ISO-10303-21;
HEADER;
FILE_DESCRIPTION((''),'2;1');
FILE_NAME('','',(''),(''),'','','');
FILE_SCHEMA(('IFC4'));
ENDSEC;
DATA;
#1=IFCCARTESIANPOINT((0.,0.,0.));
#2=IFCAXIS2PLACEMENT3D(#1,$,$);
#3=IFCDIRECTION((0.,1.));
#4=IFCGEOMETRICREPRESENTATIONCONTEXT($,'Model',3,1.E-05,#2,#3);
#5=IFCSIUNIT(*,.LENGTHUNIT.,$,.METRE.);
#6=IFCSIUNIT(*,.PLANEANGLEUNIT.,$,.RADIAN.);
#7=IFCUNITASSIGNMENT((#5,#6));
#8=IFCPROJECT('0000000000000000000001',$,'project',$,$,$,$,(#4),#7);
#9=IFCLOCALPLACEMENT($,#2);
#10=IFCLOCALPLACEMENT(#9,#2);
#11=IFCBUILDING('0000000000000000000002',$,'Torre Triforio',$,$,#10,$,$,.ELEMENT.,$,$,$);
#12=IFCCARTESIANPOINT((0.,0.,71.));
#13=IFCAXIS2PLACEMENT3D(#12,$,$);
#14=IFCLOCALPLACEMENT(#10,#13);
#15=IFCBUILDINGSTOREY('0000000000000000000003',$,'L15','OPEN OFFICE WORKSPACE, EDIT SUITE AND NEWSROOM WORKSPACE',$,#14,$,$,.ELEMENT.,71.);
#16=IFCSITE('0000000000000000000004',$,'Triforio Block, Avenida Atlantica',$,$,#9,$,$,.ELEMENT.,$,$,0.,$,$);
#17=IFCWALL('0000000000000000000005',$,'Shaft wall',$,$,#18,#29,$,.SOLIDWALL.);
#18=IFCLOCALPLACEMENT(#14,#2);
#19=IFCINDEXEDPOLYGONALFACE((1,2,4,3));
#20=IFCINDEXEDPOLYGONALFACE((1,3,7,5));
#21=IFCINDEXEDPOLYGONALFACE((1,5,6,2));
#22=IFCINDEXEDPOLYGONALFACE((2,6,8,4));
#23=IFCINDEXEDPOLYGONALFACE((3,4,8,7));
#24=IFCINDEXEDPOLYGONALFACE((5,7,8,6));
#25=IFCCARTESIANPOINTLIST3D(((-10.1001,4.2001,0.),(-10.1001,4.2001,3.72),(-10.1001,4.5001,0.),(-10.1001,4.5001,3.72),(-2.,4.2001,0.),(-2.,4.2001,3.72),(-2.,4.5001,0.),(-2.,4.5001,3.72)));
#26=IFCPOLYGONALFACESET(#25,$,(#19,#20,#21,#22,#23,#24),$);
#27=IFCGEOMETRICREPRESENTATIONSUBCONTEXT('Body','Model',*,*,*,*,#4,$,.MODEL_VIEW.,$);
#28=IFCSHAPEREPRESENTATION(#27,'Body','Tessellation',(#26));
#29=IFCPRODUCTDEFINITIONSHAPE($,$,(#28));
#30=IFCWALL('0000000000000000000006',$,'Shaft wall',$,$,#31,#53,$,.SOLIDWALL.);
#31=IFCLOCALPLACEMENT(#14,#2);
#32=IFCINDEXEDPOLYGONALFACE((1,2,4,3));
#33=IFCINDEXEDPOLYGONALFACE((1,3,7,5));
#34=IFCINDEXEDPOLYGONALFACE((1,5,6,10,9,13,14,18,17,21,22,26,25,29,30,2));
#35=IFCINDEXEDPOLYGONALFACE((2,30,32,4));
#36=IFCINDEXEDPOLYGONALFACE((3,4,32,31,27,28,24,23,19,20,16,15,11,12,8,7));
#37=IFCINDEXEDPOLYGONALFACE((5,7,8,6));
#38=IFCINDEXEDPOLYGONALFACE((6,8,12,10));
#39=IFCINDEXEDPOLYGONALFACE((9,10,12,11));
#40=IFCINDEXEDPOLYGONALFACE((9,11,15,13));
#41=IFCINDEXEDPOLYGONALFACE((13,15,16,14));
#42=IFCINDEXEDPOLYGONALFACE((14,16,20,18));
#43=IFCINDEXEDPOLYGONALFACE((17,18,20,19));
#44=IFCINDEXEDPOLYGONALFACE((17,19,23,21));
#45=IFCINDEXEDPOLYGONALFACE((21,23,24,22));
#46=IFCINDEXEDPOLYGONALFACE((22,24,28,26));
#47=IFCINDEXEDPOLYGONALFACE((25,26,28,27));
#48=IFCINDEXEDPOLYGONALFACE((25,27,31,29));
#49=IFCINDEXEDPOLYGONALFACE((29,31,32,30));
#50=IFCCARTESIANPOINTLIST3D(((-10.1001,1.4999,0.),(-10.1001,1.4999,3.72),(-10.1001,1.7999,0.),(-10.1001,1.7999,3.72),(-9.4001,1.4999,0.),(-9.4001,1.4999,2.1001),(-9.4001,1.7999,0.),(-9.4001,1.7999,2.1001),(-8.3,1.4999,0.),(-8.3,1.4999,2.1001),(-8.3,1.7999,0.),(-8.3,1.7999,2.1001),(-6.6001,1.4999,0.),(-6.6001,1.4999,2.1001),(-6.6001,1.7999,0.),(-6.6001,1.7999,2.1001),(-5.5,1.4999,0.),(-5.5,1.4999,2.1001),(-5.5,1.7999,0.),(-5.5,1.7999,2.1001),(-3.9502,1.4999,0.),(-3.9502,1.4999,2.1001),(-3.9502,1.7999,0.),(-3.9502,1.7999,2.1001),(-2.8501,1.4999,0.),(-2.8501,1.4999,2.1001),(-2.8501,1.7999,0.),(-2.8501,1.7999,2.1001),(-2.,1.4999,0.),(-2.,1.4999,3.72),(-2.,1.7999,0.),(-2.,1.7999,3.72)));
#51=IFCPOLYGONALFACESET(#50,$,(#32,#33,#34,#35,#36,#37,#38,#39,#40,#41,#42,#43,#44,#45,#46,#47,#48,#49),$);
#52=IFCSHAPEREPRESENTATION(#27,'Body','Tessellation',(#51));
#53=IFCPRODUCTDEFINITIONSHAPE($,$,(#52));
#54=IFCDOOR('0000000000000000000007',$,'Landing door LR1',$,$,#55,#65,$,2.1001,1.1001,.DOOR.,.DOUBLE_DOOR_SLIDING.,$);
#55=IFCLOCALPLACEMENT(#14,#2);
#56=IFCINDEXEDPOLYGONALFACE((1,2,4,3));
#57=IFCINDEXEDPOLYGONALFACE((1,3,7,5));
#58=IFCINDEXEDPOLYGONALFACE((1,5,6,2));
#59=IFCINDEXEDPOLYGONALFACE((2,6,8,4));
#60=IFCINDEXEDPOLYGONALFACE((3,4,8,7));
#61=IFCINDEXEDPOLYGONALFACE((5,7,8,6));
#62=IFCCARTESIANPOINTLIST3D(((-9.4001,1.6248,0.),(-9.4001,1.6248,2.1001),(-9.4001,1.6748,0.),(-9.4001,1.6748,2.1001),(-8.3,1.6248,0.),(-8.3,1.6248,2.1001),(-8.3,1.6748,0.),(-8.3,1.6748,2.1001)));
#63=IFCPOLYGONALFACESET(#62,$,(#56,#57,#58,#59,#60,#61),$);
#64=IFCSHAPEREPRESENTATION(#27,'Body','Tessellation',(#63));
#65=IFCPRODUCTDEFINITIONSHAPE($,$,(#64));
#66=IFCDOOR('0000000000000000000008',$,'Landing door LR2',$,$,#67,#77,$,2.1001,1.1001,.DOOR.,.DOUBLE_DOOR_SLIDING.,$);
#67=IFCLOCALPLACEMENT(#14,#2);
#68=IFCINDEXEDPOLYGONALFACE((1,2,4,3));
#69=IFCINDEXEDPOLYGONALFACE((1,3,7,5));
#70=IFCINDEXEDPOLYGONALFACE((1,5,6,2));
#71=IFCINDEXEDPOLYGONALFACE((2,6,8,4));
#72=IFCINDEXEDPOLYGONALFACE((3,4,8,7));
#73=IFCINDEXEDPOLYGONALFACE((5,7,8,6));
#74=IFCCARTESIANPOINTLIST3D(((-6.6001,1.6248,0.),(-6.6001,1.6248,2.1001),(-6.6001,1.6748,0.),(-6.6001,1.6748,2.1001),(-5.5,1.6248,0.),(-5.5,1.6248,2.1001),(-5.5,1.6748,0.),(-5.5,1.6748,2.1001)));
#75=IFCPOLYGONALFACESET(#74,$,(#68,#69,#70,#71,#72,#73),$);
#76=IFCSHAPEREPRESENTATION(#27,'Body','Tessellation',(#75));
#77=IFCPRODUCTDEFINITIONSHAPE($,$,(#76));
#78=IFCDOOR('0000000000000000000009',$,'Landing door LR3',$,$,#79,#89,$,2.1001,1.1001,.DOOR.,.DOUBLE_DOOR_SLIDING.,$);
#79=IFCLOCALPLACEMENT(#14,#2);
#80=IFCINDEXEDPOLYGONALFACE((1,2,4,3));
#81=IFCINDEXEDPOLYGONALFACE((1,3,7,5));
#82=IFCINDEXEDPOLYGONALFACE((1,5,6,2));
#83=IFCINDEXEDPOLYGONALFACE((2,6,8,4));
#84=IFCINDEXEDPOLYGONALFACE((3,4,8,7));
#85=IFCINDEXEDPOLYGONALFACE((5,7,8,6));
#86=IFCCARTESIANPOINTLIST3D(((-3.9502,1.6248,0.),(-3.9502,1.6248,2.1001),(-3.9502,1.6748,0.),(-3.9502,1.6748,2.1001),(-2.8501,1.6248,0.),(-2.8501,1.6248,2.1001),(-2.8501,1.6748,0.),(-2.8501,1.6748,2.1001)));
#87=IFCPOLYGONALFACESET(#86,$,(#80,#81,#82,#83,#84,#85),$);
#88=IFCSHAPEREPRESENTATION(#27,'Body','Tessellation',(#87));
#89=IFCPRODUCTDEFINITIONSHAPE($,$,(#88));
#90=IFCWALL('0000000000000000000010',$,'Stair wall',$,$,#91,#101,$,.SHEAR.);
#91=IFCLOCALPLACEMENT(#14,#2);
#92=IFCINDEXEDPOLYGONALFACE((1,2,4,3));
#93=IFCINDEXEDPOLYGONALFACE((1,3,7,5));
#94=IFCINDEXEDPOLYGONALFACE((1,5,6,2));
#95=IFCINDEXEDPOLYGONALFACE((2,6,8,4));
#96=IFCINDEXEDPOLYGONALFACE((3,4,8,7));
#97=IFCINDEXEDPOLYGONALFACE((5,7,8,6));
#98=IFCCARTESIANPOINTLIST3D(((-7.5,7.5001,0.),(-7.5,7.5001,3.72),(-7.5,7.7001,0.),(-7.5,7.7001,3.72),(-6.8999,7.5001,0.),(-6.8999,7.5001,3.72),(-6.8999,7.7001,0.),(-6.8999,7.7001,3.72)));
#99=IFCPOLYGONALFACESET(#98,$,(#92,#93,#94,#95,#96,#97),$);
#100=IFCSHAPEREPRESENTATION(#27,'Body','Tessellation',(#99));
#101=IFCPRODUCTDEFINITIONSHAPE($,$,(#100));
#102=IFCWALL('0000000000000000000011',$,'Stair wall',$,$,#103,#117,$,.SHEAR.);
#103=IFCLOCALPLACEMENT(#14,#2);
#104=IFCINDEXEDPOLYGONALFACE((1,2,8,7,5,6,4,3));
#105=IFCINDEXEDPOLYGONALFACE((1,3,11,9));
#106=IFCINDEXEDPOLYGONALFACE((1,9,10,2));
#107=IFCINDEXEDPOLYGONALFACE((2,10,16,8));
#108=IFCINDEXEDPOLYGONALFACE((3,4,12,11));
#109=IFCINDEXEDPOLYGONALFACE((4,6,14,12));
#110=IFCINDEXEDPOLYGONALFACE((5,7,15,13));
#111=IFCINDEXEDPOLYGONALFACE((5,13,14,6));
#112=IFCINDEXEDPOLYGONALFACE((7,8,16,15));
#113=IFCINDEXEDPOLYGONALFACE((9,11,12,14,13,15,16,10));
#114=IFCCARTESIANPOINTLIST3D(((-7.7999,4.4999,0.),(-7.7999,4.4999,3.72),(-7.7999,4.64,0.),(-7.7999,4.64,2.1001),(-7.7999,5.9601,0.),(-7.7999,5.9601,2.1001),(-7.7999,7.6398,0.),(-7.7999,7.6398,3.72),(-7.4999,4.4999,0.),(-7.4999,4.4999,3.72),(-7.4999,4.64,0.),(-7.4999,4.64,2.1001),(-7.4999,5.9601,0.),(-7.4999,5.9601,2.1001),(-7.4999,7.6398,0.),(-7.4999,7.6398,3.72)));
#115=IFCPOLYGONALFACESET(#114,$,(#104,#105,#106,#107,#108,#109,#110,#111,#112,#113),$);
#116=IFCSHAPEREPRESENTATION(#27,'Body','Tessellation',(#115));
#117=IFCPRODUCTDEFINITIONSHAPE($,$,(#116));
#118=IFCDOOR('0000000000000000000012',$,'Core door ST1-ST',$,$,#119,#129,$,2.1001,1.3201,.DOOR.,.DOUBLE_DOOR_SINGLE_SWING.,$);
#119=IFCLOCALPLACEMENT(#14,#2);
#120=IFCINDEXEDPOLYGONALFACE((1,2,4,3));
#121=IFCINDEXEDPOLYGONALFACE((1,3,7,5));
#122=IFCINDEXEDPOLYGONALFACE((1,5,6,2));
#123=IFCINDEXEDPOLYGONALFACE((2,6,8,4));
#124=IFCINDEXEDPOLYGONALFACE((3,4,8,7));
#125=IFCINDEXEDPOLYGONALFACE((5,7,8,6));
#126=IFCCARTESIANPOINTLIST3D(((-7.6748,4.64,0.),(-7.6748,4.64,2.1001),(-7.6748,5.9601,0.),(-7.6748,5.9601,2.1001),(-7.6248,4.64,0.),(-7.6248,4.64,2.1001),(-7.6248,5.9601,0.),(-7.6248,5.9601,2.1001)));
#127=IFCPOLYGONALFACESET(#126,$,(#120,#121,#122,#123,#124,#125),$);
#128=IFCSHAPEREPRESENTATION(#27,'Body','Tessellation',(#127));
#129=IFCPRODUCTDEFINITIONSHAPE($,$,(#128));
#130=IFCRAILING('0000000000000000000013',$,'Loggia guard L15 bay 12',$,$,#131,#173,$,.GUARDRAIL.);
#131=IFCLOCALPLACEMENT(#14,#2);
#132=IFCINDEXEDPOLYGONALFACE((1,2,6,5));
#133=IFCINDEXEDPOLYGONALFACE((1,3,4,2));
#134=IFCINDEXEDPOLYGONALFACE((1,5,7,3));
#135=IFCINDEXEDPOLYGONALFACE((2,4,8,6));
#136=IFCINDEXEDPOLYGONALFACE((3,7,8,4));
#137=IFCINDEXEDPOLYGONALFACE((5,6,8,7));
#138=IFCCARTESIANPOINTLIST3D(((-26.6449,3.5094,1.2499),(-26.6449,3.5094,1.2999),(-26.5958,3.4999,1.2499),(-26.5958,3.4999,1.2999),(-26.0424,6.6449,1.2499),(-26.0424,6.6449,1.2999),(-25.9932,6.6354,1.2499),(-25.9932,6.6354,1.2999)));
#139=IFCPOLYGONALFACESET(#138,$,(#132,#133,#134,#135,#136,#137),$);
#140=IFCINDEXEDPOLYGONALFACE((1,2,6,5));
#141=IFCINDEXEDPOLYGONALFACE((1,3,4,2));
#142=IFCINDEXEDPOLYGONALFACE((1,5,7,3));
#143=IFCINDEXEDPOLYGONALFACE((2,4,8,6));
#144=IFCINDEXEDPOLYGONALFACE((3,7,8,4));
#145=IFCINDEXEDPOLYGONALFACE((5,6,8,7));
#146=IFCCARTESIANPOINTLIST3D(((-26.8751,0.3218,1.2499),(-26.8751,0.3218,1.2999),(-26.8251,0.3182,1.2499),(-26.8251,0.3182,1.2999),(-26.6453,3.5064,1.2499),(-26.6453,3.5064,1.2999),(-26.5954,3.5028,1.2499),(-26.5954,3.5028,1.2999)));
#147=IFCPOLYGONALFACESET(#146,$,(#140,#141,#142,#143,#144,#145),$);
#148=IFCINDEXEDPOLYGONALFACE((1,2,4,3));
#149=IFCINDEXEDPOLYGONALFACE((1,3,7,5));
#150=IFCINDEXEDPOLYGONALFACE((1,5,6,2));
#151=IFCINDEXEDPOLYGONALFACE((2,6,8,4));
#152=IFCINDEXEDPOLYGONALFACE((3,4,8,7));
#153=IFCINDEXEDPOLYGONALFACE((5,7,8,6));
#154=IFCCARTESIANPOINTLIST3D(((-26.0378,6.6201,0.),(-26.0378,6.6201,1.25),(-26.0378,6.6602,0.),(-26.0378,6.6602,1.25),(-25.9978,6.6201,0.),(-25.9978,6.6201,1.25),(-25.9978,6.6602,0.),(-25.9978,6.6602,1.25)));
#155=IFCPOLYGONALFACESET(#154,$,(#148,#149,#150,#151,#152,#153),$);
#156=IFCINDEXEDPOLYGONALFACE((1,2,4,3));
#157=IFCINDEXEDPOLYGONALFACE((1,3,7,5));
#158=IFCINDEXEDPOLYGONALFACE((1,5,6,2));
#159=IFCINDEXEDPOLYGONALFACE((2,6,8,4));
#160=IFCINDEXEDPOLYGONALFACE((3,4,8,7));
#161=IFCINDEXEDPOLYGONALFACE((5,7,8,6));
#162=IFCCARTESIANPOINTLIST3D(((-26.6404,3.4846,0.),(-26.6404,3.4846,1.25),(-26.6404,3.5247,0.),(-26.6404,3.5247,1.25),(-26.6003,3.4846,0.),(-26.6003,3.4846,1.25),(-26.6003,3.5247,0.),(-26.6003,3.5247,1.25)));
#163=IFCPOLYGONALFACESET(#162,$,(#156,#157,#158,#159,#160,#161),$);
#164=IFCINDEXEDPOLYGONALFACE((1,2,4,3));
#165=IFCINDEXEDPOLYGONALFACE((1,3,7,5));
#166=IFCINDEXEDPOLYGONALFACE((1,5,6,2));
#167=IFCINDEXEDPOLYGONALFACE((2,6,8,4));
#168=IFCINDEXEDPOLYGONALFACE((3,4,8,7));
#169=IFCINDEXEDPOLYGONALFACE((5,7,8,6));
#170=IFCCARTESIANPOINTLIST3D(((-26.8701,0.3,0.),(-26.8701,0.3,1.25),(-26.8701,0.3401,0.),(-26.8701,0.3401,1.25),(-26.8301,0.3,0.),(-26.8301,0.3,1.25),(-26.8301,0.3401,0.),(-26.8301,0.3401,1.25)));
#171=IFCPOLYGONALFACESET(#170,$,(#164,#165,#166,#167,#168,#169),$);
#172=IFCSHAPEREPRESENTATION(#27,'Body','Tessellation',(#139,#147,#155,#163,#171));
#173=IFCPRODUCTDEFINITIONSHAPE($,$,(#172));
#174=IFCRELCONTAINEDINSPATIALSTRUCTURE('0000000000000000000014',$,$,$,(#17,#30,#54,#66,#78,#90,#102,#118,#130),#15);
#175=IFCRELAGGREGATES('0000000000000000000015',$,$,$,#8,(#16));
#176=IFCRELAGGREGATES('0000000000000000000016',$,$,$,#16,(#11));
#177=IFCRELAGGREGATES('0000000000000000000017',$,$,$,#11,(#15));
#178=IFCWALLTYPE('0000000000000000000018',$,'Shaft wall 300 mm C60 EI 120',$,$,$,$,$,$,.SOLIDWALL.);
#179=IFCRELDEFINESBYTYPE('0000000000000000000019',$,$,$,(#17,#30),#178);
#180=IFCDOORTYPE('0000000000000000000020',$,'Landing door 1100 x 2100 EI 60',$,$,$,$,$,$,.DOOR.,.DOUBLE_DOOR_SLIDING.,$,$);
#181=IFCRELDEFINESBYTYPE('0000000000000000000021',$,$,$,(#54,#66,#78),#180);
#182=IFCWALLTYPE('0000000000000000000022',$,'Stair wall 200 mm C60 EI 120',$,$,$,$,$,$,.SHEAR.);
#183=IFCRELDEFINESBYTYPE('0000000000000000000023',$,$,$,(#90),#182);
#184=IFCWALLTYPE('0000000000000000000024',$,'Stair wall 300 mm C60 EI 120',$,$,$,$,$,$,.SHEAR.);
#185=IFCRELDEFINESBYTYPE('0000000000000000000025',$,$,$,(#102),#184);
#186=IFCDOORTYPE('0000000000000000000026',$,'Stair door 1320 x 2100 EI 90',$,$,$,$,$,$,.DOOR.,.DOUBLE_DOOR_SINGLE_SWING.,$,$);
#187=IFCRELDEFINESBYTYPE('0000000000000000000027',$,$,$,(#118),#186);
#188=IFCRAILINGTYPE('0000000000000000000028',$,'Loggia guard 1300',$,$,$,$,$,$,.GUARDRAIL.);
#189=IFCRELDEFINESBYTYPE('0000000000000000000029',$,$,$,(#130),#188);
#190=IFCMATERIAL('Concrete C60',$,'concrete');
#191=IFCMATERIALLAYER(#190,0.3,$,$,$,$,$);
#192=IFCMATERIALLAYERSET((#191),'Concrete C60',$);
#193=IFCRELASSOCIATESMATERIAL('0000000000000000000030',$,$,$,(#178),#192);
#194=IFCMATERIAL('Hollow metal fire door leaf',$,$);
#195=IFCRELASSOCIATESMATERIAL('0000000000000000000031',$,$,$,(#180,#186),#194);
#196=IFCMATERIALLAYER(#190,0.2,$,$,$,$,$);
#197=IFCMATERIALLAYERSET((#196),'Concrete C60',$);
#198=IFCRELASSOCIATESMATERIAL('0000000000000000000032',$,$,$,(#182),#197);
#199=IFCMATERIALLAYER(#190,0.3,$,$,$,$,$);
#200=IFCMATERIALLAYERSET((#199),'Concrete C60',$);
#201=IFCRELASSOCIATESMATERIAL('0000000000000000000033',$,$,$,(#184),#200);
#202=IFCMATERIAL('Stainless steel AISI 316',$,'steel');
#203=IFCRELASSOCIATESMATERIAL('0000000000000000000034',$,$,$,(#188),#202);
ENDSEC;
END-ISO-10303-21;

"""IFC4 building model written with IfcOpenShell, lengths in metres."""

from ifc_helpers import new_model, si_unit, direction, frame, frame_2d, origin, origin_2d, place, context, subcontext, project, spatial, rectangle, extrude, material, layer, layer_set, type_object, element, fill, save


model = new_model("IFC4")

# Units and contexts
model_context = context("Model", 3, precision=1e-05, world=origin(), true_north=direction((0.0, 1.0)))
body_context = subcontext(model_context, "Body", "Model", "MODEL_VIEW")
ifc_project = project(units=[si_unit("LENGTHUNIT", "METRE"), si_unit("PLANEANGLEUNIT", "RADIAN")], contexts=[model_context])

# Site, building, storey
site_placement = place(None, origin())
site = spatial("IfcSite", under=ifc_project, at=site_placement, Name="Triforio Block, Avenida Atlantica", CompositionType="ELEMENT", RefElevation=0.0)
building_placement = place(site_placement, origin())
building = spatial("IfcBuilding", under=site, at=building_placement, Name="Torre Triforio", CompositionType="ELEMENT")
storey_placement = place(building_placement, frame((0.0, 0.0, 71.0)))
storey = spatial("IfcBuildingStorey", under=building, at=storey_placement, Name="L15", Description="OPEN OFFICE WORKSPACE, EDIT SUITE AND NEWSROOM WORKSPACE", CompositionType="ELEMENT", Elevation=71.0)

# Shared definitions
ifc_material_1 = material(Name="Concrete C60", Category="concrete")
ifc_material_2 = material(Name="Hollow metal fire door leaf")

# Wall
ifc_layer_1 = layer(ifc_material_1, 0.3)
ifc_layer_set_1 = layer_set([ifc_layer_1], Name="Concrete C60")
wall_type_1 = type_object("IfcWallType", Name="Shaft wall 300 mm C60 EI 120", PredefinedType="SOLIDWALL", material=ifc_layer_set_1)
wall_1_placement = place(storey_placement, frame((-10.1001, 4.3501, 0.0), z_axis=(0.0, 0.0, 1.0), x_axis=(1.0, 0.0, 0.0)))
element("IfcWall", 1, at=wall_1_placement, inside=storey, type_object=wall_type_1, Name="Shaft wall", PredefinedType="SOLIDWALL", context=body_context, shape_type="SweptSolid", body=[
    extrude(rectangle(XDim=8.1001, YDim=0.3, at=frame_2d((4.05, 0.0))), origin(), (0.0, 0.0, 1.0), 3.72),
])

# Wall, openings, doors
wall_2_placement = place(storey_placement, frame((-10.1001, 1.6499, 0.0), z_axis=(0.0, 0.0, 1.0), x_axis=(1.0, 0.0, 0.0)))
wall_2 = element("IfcWall", 2, at=wall_2_placement, inside=storey, type_object=wall_type_1, Name="Shaft wall", PredefinedType="SOLIDWALL", context=body_context, shape_type="SweptSolid", body=[
    extrude(rectangle(XDim=8.1001, YDim=0.3, at=frame_2d((4.05, 0.0))), origin(), (0.0, 0.0, 1.0), 3.72),
])
opening_1_placement = place(wall_2_placement, frame((0.7, 0.0, 0.0)))
opening_1 = element("IfcOpeningElement", 3, at=opening_1_placement, cuts=wall_2, PredefinedType="OPENING", context=body_context, shape_type="SweptSolid", body=[
    extrude(rectangle(XDim=1.1001, YDim=2.1001, at=frame_2d((0.55, 1.05))), frame((0.0, 0.1599, 0.0), z_axis=(0.0, -1.0, 0.0), x_axis=(1.0, 0.0, 0.0)), (0.0, 0.0, 1.0), 0.3201),
])
opening_2_placement = place(wall_2_placement, frame((3.5, 0.0, 0.0)))
opening_2 = element("IfcOpeningElement", 4, at=opening_2_placement, cuts=wall_2, PredefinedType="OPENING", context=body_context, shape_type="SweptSolid", body=[
    extrude(rectangle(XDim=1.1001, YDim=2.1001, at=frame_2d((0.55, 1.05))), frame((0.0, 0.1599, 0.0), z_axis=(0.0, -1.0, 0.0), x_axis=(1.0, 0.0, 0.0)), (0.0, 0.0, 1.0), 0.3201),
])
opening_3_placement = place(wall_2_placement, frame((6.1499, 0.0, 0.0)))
opening_3 = element("IfcOpeningElement", 5, at=opening_3_placement, cuts=wall_2, PredefinedType="OPENING", context=body_context, shape_type="SweptSolid", body=[
    extrude(rectangle(XDim=1.1001, YDim=2.1001, at=frame_2d((0.55, 1.05))), frame((0.0, 0.1599, 0.0), z_axis=(0.0, -1.0, 0.0), x_axis=(1.0, 0.0, 0.0)), (0.0, 0.0, 1.0), 0.3201),
])
door_type_1 = type_object("IfcDoorType", Name="Landing door 1100 x 2100 EI 60", OperationType="DOUBLE_DOOR_SLIDING", PredefinedType="DOOR", material=ifc_material_2)
door_1_placement = place(opening_1_placement, origin())
door_1 = element("IfcDoor", 6, at=door_1_placement, inside=storey, type_object=door_type_1, Name="Landing door LR1", OperationType="DOUBLE_DOOR_SLIDING", OverallHeight=2.1001, OverallWidth=1.1001, PredefinedType="DOOR", context=body_context, shape_type="SweptSolid", body=[
    extrude(rectangle(XDim=1.1001, YDim=2.1001, at=frame_2d((0.55, 1.05))), frame((0.0, 0.0249, 0.0), z_axis=(0.0, -1.0, 0.0), x_axis=(1.0, 0.0, 0.0)), (0.0, 0.0, 1.0), 0.05),
])
fill(opening_1, door_1)
door_2_placement = place(opening_2_placement, origin())
door_2 = element("IfcDoor", 7, at=door_2_placement, inside=storey, type_object=door_type_1, Name="Landing door LR2", OperationType="DOUBLE_DOOR_SLIDING", OverallHeight=2.1001, OverallWidth=1.1001, PredefinedType="DOOR", context=body_context, shape_type="SweptSolid", body=[
    extrude(rectangle(XDim=1.1001, YDim=2.1001, at=frame_2d((0.55, 1.05))), frame((0.0, 0.0249, 0.0), z_axis=(0.0, -1.0, 0.0), x_axis=(1.0, 0.0, 0.0)), (0.0, 0.0, 1.0), 0.05),
])
fill(opening_2, door_2)
door_3_placement = place(opening_3_placement, origin())
door_3 = element("IfcDoor", 8, at=door_3_placement, inside=storey, type_object=door_type_1, Name="Landing door LR3", OperationType="DOUBLE_DOOR_SLIDING", OverallHeight=2.1001, OverallWidth=1.1001, PredefinedType="DOOR", context=body_context, shape_type="SweptSolid", body=[
    extrude(rectangle(XDim=1.1001, YDim=2.1001, at=frame_2d((0.55, 1.05))), frame((0.0, 0.0249, 0.0), z_axis=(0.0, -1.0, 0.0), x_axis=(1.0, 0.0, 0.0)), (0.0, 0.0, 1.0), 0.05),
])
fill(opening_3, door_3)

# Wall
ifc_layer_2 = layer(ifc_material_1, 0.2)
ifc_layer_set_2 = layer_set([ifc_layer_2], Name="Concrete C60")
wall_type_2 = type_object("IfcWallType", Name="Stair wall 200 mm C60 EI 120", PredefinedType="SHEAR", material=ifc_layer_set_2)
wall_3_placement = place(storey_placement, frame((-7.5, 7.6001, 0.0), z_axis=(0.0, 0.0, 1.0), x_axis=(1.0, 0.0, 0.0)))
element("IfcWall", 9, at=wall_3_placement, inside=storey, type_object=wall_type_2, Name="Stair wall", PredefinedType="SHEAR", context=body_context, shape_type="SweptSolid", body=[
    extrude(rectangle(XDim=0.6001, YDim=0.2, at=frame_2d((0.3, 0.0))), origin(), (0.0, 0.0, 1.0), 3.72),
])

# Wall, opening, door
ifc_layer_3 = layer(ifc_material_1, 0.3)
ifc_layer_set_3 = layer_set([ifc_layer_3], Name="Concrete C60")
wall_type_3 = type_object("IfcWallType", Name="Stair wall 300 mm C60 EI 120", PredefinedType="SHEAR", material=ifc_layer_set_3)
wall_4_placement = place(storey_placement, frame((-7.6499, 4.5, 0.0), z_axis=(0.0, 0.0, 1.0), x_axis=(0.0, 1.0, 0.0)))
wall_4 = element("IfcWall", 10, at=wall_4_placement, inside=storey, type_object=wall_type_3, Name="Stair wall", PredefinedType="SHEAR", context=body_context, shape_type="SweptSolid", body=[
    extrude(rectangle(XDim=3.1399, YDim=0.3, at=frame_2d((1.5698, 0.0))), origin(), (0.0, 0.0, 1.0), 3.72),
])
opening_4_placement = place(wall_4_placement, frame((0.1399, 0.0, 0.0)))
opening_4 = element("IfcOpeningElement", 11, at=opening_4_placement, cuts=wall_4, PredefinedType="OPENING", context=body_context, shape_type="SweptSolid", body=[
    extrude(rectangle(XDim=1.3201, YDim=2.1001, at=frame_2d((0.6602, 1.05))), frame((0.0, 0.1599, 0.0), z_axis=(0.0, -1.0, 0.0), x_axis=(1.0, 0.0, 0.0)), (0.0, 0.0, 1.0), 0.3201),
])
door_type_2 = type_object("IfcDoorType", Name="Stair door 1320 x 2100 EI 90", OperationType="DOUBLE_DOOR_SINGLE_SWING", PredefinedType="DOOR", material=ifc_material_2)
door_4_placement = place(opening_4_placement, origin())
door_4 = element("IfcDoor", 12, at=door_4_placement, inside=storey, type_object=door_type_2, Name="Core door ST1-ST", OperationType="DOUBLE_DOOR_SINGLE_SWING", OverallHeight=2.1001, OverallWidth=1.3201, PredefinedType="DOOR", context=body_context, shape_type="SweptSolid", body=[
    extrude(rectangle(XDim=1.3201, YDim=2.1001, at=frame_2d((0.6602, 1.05))), frame((0.0, 0.0249, 0.0), z_axis=(0.0, -1.0, 0.0), x_axis=(1.0, 0.0, 0.0)), (0.0, 0.0, 1.0), 0.05),
])
fill(opening_4, door_4)

# Railing
ifc_material_3 = material(Name="Stainless steel AISI 316", Category="steel")
railing_type = type_object("IfcRailingType", Name="Loggia guard 1300", PredefinedType="GUARDRAIL", material=ifc_material_3)
railing_placement = place(storey_placement, frame((-26.0178, 6.6401, 0.0)))
element("IfcRailing", 13, at=railing_placement, inside=storey, type_object=railing_type, Name="Loggia guard L15 bay 12", PredefinedType="GUARDRAIL", context=body_context, shape_type="SweptSolid", body=[
    extrude(rectangle(XDim=0.05, YDim=0.05, at=origin_2d()), frame((0.0, 0.0, 1.2749), z_axis=(-0.188714, -0.982032, 0.0), x_axis=(0.982032, -0.188714, 0.0)), (0.0, 0.0, 1.0), 3.1929),
    extrude(rectangle(XDim=0.05, YDim=0.05, at=origin_2d()), frame((-0.6025, -3.1355, 1.2749), z_axis=(-0.071953, -0.997408, 0.0), x_axis=(0.997408, -0.071953, 0.0)), (0.0, 0.0, 1.0), 3.1929),
    extrude(rectangle(XDim=0.04, YDim=0.04, at=origin_2d()), origin(), (0.0, 0.0, 1.0), 1.25),
    extrude(rectangle(XDim=0.04, YDim=0.04, at=origin_2d()), frame((-0.6025, -3.1355, 0.0)), (0.0, 0.0, 1.0), 1.25),
    extrude(rectangle(XDim=0.04, YDim=0.04, at=origin_2d()), frame((-0.8323, -6.3201, 0.0)), (0.0, 0.0, 1.0), 1.25),
])

save(model, "model.ifc")
